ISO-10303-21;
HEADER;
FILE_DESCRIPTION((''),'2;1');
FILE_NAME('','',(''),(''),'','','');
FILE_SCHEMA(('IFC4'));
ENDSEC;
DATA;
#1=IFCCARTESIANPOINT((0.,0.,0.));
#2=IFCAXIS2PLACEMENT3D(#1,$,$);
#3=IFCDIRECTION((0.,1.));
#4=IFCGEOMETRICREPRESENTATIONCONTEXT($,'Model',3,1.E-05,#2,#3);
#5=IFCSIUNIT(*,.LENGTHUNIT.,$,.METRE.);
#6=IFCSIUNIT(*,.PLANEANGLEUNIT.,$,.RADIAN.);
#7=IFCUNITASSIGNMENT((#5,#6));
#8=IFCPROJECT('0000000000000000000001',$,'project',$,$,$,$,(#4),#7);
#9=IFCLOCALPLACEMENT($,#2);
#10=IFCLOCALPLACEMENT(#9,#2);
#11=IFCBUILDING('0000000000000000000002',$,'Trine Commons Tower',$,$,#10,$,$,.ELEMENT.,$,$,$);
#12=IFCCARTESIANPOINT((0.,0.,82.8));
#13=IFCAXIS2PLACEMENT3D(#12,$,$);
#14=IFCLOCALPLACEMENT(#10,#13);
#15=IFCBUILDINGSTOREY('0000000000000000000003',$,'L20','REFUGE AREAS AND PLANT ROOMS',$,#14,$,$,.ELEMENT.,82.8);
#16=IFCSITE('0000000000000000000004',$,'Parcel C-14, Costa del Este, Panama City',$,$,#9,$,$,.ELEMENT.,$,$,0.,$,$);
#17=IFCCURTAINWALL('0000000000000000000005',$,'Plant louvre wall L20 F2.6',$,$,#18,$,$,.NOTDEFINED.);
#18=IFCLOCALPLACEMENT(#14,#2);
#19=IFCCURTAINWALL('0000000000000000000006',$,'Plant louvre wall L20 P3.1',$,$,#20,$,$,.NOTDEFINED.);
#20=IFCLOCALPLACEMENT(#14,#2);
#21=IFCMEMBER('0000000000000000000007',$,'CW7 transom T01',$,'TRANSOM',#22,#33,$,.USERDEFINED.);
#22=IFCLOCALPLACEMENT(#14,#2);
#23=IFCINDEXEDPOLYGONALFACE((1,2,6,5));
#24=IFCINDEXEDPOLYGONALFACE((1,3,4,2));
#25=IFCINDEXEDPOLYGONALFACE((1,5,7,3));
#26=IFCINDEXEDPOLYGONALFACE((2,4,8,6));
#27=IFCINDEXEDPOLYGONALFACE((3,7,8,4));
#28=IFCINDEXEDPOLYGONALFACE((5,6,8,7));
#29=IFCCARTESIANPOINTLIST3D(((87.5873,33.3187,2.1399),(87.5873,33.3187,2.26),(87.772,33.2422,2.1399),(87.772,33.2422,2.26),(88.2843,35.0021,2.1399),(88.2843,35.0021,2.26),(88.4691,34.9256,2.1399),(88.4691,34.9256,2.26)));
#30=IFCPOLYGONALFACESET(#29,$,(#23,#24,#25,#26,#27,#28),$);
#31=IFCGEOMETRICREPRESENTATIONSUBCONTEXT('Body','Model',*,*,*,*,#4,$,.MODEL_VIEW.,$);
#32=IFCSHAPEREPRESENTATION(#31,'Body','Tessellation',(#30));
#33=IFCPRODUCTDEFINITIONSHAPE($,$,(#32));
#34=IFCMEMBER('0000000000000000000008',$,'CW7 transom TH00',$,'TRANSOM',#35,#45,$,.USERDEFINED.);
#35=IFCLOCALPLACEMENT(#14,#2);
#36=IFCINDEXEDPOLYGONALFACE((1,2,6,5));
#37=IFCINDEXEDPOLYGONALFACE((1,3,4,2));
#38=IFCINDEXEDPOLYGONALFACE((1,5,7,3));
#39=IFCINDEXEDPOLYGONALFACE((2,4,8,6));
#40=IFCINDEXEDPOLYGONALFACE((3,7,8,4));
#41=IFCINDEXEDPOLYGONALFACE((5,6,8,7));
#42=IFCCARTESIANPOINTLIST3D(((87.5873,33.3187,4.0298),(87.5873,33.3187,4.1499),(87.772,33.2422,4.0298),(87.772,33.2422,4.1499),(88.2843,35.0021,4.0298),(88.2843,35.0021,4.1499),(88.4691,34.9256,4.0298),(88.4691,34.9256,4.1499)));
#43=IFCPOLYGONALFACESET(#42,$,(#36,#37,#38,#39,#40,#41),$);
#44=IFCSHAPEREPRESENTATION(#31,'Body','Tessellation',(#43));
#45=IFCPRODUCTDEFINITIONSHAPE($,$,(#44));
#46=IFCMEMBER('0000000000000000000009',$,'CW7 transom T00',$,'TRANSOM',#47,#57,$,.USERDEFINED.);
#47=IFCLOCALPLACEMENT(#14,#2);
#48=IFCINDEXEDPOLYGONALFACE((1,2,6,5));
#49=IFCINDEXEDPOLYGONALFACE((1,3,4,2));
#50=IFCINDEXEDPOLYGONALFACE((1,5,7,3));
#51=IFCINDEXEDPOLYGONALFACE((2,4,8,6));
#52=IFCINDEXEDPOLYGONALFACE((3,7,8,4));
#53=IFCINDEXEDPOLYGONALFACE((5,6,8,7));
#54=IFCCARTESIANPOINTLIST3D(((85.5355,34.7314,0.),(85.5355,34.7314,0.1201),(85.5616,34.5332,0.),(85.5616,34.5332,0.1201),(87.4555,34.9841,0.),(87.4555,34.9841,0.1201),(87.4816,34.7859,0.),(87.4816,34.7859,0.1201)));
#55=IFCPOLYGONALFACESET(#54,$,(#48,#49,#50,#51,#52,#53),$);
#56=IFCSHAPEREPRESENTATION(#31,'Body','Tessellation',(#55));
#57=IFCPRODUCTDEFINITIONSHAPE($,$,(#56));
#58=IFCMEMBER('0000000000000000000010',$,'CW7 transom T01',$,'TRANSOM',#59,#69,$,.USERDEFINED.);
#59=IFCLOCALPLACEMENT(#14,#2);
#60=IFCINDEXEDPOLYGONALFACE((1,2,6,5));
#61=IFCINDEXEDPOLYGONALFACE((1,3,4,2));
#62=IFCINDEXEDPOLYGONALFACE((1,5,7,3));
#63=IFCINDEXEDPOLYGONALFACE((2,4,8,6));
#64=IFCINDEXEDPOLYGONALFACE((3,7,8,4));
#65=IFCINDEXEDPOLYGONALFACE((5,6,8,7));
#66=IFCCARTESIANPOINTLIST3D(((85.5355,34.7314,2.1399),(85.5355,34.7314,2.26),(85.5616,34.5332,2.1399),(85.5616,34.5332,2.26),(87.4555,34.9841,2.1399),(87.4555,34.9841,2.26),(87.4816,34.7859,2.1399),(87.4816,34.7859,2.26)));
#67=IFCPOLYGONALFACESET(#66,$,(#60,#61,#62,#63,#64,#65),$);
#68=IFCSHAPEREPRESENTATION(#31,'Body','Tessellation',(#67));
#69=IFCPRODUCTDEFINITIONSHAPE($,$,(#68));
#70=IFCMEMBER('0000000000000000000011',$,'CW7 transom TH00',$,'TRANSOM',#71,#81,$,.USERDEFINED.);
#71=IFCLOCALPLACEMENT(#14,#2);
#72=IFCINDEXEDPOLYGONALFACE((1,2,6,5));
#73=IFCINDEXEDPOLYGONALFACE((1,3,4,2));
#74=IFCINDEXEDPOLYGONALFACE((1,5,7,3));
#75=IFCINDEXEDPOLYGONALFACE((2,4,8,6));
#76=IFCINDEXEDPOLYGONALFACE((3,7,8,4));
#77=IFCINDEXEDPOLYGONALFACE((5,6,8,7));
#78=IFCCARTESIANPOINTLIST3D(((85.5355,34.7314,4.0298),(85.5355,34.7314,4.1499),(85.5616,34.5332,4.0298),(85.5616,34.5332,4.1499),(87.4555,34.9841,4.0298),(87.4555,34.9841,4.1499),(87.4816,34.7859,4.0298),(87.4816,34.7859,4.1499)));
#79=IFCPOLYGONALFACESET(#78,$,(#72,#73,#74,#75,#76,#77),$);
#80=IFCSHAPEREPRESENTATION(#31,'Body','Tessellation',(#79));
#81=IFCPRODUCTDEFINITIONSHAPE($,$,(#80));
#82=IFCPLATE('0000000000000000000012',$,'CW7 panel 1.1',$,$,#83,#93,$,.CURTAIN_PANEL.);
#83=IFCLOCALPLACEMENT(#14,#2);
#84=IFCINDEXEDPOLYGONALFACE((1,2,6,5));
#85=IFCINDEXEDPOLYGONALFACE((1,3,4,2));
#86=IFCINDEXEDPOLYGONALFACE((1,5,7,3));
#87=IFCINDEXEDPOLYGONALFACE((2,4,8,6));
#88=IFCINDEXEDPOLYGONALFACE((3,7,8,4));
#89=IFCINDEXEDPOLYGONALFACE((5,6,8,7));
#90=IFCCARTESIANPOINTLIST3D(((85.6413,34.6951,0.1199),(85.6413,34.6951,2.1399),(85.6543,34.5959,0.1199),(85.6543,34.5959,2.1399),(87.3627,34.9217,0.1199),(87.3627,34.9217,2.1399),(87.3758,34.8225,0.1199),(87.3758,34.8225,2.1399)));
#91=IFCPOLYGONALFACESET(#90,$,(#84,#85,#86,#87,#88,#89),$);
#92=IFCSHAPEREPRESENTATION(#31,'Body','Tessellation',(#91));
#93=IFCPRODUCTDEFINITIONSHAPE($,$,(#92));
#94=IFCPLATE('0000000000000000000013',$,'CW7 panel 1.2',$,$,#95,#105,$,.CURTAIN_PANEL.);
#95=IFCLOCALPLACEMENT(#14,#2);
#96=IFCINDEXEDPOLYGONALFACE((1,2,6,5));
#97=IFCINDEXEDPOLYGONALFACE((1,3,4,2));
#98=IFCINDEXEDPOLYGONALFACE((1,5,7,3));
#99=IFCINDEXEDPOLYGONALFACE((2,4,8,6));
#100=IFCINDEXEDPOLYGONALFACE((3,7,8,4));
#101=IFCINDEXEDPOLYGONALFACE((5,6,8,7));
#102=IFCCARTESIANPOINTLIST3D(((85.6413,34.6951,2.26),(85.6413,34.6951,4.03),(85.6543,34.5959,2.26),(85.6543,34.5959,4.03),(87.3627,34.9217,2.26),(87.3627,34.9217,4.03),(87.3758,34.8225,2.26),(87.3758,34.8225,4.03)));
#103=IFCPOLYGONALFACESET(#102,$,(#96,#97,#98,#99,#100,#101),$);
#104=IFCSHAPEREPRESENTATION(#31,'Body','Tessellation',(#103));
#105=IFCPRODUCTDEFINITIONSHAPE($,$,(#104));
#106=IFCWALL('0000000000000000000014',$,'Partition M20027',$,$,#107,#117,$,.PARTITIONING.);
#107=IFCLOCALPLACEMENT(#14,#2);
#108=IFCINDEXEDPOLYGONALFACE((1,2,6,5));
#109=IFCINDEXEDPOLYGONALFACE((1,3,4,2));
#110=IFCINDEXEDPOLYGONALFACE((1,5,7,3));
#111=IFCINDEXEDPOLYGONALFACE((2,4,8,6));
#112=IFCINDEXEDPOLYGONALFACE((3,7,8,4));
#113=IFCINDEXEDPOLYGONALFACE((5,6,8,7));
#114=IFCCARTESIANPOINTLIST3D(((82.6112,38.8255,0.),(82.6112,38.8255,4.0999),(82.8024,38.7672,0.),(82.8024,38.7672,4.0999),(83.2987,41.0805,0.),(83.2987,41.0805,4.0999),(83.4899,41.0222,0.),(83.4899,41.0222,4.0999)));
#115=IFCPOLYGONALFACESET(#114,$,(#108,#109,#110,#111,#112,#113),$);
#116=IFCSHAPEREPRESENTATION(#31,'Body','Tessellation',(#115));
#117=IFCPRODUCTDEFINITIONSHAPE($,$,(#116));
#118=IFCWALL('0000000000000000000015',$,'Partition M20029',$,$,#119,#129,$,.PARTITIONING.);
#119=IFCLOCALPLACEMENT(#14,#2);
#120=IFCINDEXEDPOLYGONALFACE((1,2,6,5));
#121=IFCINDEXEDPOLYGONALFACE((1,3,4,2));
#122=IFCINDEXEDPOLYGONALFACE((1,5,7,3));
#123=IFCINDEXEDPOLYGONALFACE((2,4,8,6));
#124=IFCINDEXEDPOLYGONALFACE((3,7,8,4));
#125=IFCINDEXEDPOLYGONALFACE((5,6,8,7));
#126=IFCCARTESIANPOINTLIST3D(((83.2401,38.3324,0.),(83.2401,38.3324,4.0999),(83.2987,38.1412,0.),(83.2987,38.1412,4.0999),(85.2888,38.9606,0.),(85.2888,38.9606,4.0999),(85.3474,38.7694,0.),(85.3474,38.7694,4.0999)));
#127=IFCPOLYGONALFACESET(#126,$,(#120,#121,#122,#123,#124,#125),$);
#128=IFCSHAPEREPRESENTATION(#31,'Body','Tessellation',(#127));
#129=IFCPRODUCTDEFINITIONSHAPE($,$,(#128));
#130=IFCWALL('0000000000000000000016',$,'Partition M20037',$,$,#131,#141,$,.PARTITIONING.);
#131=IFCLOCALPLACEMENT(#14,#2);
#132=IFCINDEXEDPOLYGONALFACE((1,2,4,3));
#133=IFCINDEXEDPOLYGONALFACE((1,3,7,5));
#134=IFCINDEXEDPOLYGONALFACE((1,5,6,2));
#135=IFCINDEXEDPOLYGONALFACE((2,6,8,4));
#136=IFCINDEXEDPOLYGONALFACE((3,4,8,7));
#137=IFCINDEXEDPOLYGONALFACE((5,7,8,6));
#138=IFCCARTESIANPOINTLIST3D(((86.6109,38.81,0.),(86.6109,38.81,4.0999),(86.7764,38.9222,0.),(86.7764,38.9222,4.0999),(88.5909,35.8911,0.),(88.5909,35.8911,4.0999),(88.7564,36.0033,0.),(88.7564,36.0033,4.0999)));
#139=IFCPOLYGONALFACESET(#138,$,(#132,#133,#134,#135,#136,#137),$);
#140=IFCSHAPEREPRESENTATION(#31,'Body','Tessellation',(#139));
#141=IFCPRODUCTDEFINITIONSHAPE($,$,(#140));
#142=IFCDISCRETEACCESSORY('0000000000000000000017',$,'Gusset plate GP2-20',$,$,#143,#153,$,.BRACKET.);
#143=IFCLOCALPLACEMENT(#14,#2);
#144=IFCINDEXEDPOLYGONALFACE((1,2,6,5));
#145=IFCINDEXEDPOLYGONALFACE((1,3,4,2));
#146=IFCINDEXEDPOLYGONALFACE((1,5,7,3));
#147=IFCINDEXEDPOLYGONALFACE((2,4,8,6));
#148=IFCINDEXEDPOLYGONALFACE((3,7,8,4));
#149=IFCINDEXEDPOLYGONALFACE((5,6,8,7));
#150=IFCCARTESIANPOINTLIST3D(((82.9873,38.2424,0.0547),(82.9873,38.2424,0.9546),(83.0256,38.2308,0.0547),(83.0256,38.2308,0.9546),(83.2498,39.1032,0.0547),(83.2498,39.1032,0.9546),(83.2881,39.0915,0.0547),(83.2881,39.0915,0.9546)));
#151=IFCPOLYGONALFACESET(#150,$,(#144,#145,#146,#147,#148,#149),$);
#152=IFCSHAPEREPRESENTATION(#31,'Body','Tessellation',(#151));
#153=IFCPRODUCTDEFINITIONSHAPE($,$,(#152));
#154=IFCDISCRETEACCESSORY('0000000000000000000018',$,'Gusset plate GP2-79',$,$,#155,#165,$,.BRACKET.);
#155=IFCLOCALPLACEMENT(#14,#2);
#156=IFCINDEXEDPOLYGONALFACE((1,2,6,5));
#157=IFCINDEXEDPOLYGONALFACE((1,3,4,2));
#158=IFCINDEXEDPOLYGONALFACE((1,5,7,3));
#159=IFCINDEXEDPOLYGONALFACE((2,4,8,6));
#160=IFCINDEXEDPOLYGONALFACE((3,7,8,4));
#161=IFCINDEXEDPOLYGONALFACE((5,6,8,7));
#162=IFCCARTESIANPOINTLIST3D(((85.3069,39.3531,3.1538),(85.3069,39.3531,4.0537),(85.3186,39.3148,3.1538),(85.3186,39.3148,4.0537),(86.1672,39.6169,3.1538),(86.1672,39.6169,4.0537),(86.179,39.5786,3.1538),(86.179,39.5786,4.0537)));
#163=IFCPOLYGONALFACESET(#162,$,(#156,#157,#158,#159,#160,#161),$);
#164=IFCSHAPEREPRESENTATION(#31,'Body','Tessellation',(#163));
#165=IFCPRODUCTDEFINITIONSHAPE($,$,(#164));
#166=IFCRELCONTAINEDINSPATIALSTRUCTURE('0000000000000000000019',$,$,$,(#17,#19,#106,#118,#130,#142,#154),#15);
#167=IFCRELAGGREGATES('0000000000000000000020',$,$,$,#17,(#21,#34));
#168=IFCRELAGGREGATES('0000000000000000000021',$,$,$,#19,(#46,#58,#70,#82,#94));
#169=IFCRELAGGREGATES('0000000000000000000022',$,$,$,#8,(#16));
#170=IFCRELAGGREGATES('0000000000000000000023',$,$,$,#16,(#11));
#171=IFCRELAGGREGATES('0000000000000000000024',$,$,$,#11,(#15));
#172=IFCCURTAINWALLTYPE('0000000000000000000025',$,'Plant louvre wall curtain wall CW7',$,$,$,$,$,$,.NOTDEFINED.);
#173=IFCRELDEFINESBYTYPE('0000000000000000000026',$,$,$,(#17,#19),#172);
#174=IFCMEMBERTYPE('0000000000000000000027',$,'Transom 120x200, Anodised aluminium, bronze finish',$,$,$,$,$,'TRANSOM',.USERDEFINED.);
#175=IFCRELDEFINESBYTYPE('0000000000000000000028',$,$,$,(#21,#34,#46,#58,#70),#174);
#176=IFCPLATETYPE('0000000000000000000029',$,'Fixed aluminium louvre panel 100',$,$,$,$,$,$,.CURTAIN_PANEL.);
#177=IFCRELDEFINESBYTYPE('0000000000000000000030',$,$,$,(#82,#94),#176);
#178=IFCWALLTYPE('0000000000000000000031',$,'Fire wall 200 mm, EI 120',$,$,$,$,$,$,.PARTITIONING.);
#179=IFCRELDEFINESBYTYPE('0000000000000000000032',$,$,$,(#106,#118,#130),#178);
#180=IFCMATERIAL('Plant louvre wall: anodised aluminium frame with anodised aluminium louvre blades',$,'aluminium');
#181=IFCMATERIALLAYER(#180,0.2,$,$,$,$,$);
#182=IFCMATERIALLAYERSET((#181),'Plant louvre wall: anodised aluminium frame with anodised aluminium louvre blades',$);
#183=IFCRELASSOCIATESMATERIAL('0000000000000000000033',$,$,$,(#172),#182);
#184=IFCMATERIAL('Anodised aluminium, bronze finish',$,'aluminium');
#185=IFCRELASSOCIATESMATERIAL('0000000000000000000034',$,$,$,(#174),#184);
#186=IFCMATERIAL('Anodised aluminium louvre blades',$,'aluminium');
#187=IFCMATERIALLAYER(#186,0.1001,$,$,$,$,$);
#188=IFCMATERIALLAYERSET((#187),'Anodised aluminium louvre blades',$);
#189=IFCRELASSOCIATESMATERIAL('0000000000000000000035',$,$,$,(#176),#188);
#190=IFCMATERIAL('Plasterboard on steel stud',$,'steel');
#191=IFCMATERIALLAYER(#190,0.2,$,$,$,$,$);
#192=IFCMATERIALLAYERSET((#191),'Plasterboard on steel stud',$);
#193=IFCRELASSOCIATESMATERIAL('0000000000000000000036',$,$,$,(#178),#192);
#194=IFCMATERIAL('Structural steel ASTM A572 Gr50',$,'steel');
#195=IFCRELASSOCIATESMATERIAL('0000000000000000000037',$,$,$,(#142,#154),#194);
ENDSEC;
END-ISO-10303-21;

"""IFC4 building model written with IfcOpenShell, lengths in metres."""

from ifc_helpers import new_model, si_unit, direction, frame, frame_2d, origin, origin_2d, place, context, subcontext, project, spatial, rectangle, extrude, material, layer, layer_set, material_profile, profile_set, type_object, element, aggregate, save


model = new_model("IFC4")

# Units and contexts
model_context = context("Model", 3, precision=1e-05, world=origin(), true_north=direction((0.0, 1.0)))
body_context = subcontext(model_context, "Body", "Model", "MODEL_VIEW")
ifc_project = project(units=[si_unit("LENGTHUNIT", "METRE"), si_unit("PLANEANGLEUNIT", "RADIAN")], contexts=[model_context])

# Site, building, storey
site_placement = place(None, origin())
site = spatial("IfcSite", under=ifc_project, at=site_placement, Name="Parcel C-14, Costa del Este, Panama City", CompositionType="ELEMENT", RefElevation=0.0)
building_placement = place(site_placement, origin())
building = spatial("IfcBuilding", under=site, at=building_placement, Name="Trine Commons Tower", CompositionType="ELEMENT")
storey_placement = place(building_placement, frame((0.0, 0.0, 82.8)))
storey = spatial("IfcBuildingStorey", under=building, at=storey_placement, Name="L20", Description="REFUGE AREAS AND PLANT ROOMS", CompositionType="ELEMENT", Elevation=82.8)

# Curtain walls
ifc_material_1 = material(Name="Plant louvre wall: anodised aluminium frame with anodised aluminium louvre blades", Category="aluminium")
ifc_layer_1 = layer(ifc_material_1, 0.2)
ifc_layer_set_1 = layer_set([ifc_layer_1], Name="Plant louvre wall: anodised aluminium frame with anodised aluminium louvre blades")
curtain_wall_type = type_object("IfcCurtainWallType", Name="Plant louvre wall curtain wall CW7", PredefinedType="NOTDEFINED", material=ifc_layer_set_1)
curtain_wall_1_placement = place(storey_placement, origin())
curtain_wall_1 = element("IfcCurtainWall", 1, at=curtain_wall_1_placement, inside=storey, type_object=curtain_wall_type, Name="Plant louvre wall L20 F2.6", PredefinedType="NOTDEFINED")
ifc_material_2 = material(Name="Anodised aluminium, bronze finish", Category="aluminium")
curtain_wall_2_placement = place(storey_placement, origin())
curtain_wall_2 = element("IfcCurtainWall", 2, at=curtain_wall_2_placement, inside=storey, type_object=curtain_wall_type, Name="Plant louvre wall L20 P3.1", PredefinedType="NOTDEFINED")

# Members
ifc_material_profile_1 = material_profile(ifc_material_2, rectangle(XDim=0.2, YDim=0.1201, at=origin_2d()), Name="Transom 120x200")
ifc_profile_set_1 = profile_set([ifc_material_profile_1], Name="Anodised aluminium, bronze finish")
member_type_1 = type_object("IfcMemberType", Name="Transom 120x200, Anodised aluminium, bronze finish", ElementType="TRANSOM", PredefinedType="USERDEFINED", material=ifc_profile_set_1)
member_1_placement = place(storey_placement, frame((88.3767, 34.9639, 2.2), z_axis=(-0.382569, -0.923927, 0.0), x_axis=(0.923927, -0.382569, 0.0)))
member_1 = element("IfcMember", 3, at=member_1_placement, type_object=member_type_1, Name="CW7 transom T01", ObjectType="TRANSOM", PredefinedType="USERDEFINED", context=body_context, shape_type="SweptSolid", body=[
    extrude(rectangle(XDim=0.2, YDim=0.1201, at=origin_2d()), origin(), (0.0, 0.0, 1.0), 1.822),
])
member_2_placement = place(storey_placement, frame((88.3767, 34.9639, 4.0898), z_axis=(-0.382569, -0.923927, 0.0), x_axis=(0.923927, -0.382569, 0.0)))
member_2 = element("IfcMember", 4, at=member_2_placement, type_object=member_type_1, Name="CW7 transom TH00", ObjectType="TRANSOM", PredefinedType="USERDEFINED", context=body_context, shape_type="SweptSolid", body=[
    extrude(rectangle(XDim=0.2, YDim=0.1201, at=origin_2d()), origin(), (0.0, 0.0, 1.0), 1.822),
])
aggregate(curtain_wall_1, [member_1, member_2])
member_3_placement = place(storey_placement, frame((87.4685, 34.885, 0.0601), z_axis=(-0.99145, -0.130487, 0.0), x_axis=(0.130487, -0.99145, 0.0)))
member_3 = element("IfcMember", 5, at=member_3_placement, type_object=member_type_1, Name="CW7 transom T00", ObjectType="TRANSOM", PredefinedType="USERDEFINED", context=body_context, shape_type="SweptSolid", body=[
    extrude(rectangle(XDim=0.2, YDim=0.1201, at=origin_2d()), origin(), (0.0, 0.0, 1.0), 1.9365),
])
member_4_placement = place(storey_placement, frame((87.4685, 34.885, 2.2), z_axis=(-0.99145, -0.130487, 0.0), x_axis=(0.130487, -0.99145, 0.0)))
member_4 = element("IfcMember", 6, at=member_4_placement, type_object=member_type_1, Name="CW7 transom T01", ObjectType="TRANSOM", PredefinedType="USERDEFINED", context=body_context, shape_type="SweptSolid", body=[
    extrude(rectangle(XDim=0.2, YDim=0.1201, at=origin_2d()), origin(), (0.0, 0.0, 1.0), 1.9365),
])
member_5_placement = place(storey_placement, frame((87.4685, 34.885, 4.0898), z_axis=(-0.99145, -0.130487, 0.0), x_axis=(0.130487, -0.99145, 0.0)))
member_5 = element("IfcMember", 7, at=member_5_placement, type_object=member_type_1, Name="CW7 transom TH00", ObjectType="TRANSOM", PredefinedType="USERDEFINED", context=body_context, shape_type="SweptSolid", body=[
    extrude(rectangle(XDim=0.2, YDim=0.1201, at=origin_2d()), origin(), (0.0, 0.0, 1.0), 1.9365),
])

# Plates
ifc_material_3 = material(Name="Anodised aluminium louvre blades", Category="aluminium")
ifc_layer_2 = layer(ifc_material_3, 0.1001)
ifc_layer_set_2 = layer_set([ifc_layer_2], Name="Anodised aluminium louvre blades")
plate_type = type_object("IfcPlateType", Name="Fixed aluminium louvre panel 100", PredefinedType="CURTAIN_PANEL", material=ifc_layer_set_2)
plate_1_placement = place(storey_placement, frame((86.5085, 34.7588, 0.1199), z_axis=(0.0, 0.0, 1.0), x_axis=(-0.991445, -0.130526, 0.0)))
plate_1 = element("IfcPlate", 8, at=plate_1_placement, type_object=plate_type, Name="CW7 panel 1.1", PredefinedType="CURTAIN_PANEL", context=body_context, shape_type="SweptSolid", body=[
    extrude(rectangle(XDim=1.7363, YDim=0.1001, at=origin_2d()), origin(), (0.0, 0.0, 1.0), 2.02),
])
plate_2_placement = place(storey_placement, frame((86.5085, 34.7588, 2.26), z_axis=(0.0, 0.0, 1.0), x_axis=(-0.991445, -0.130526, 0.0)))
plate_2 = element("IfcPlate", 9, at=plate_2_placement, type_object=plate_type, Name="CW7 panel 1.2", PredefinedType="CURTAIN_PANEL", context=body_context, shape_type="SweptSolid", body=[
    extrude(rectangle(XDim=1.7363, YDim=0.1001, at=origin_2d()), origin(), (0.0, 0.0, 1.0), 1.77),
])
aggregate(curtain_wall_2, [member_3, member_4, member_5, plate_1, plate_2])

# Walls
ifc_material_4 = material(Name="Plasterboard on steel stud", Category="steel")
ifc_layer_3 = layer(ifc_material_4, 0.2)
ifc_layer_set_3 = layer_set([ifc_layer_3], Name="Plasterboard on steel stud")
wall_type = type_object("IfcWallType", Name="Fire wall 200 mm, EI 120", PredefinedType="PARTITIONING", material=ifc_layer_set_3)
wall_1_placement = place(storey_placement, frame((82.7068, 38.7964, 0.0), z_axis=(0.0, 0.0, 1.0), x_axis=(0.29164, 0.956528, 0.0)))
element("IfcWall", 10, at=wall_1_placement, inside=storey, type_object=wall_type, Name="Partition M20027", PredefinedType="PARTITIONING", context=body_context, shape_type="SweptSolid", body=[
    extrude(rectangle(XDim=2.3574, YDim=0.2, at=frame_2d((1.1787, 0.0))), origin(), (0.0, 0.0, 1.0), 4.0999),
])
wall_2_placement = place(storey_placement, frame((83.2695, 38.2368, 0.0), z_axis=(0.0, 0.0, 1.0), x_axis=(0.956062, 0.293165, 0.0)))
element("IfcWall", 11, at=wall_2_placement, inside=storey, type_object=wall_type, Name="Partition M20029", PredefinedType="PARTITIONING", context=body_context, shape_type="SweptSolid", body=[
    extrude(rectangle(XDim=2.1428, YDim=0.2, at=frame_2d((1.0713, 0.0))), origin(), (0.0, 0.0, 1.0), 4.0999),
])
wall_3_placement = place(storey_placement, frame((86.6936, 38.8662, 0.0), z_axis=(0.0, 0.0, 1.0), x_axis=(0.561359, -0.827572, 0.0)))
element("IfcWall", 12, at=wall_3_placement, inside=storey, type_object=wall_type, Name="Partition M20037", PredefinedType="PARTITIONING", context=body_context, shape_type="SweptSolid", body=[
    extrude(rectangle(XDim=3.5271, YDim=0.2, at=frame_2d((1.7637, 0.0))), origin(), (0.0, 0.0, 1.0), 4.0999),
])

# Discrete accessories
ifc_material_5 = material(Name="Structural steel ASTM A572 Gr50", Category="steel")
for number, where, z_axis, x_axis, name in (
    (13, (83.1377, 38.667, 0.0547), (0.0, 0.0, 1.0), (0.291704, 0.956509, 0.0), "Gusset plate GP2-20"),
    (14, (85.7429, 39.4658, 3.1538), (0.0, 0.0, 1.0), (0.95607, 0.293139, 0.0), "Gusset plate GP2-79"),
):
    element("IfcDiscreteAccessory", number, at=place(storey_placement, frame(where, z_axis=z_axis, x_axis=x_axis)), inside=storey, material=ifc_material_5, Name=name, PredefinedType="BRACKET", context=body_context, shape_type="SweptSolid", body=[
        extrude(rectangle(XDim=0.8999, YDim=0.04, at=origin_2d()), origin(), (0.0, 0.0, 1.0), 0.8999),
    ])

save(model, "model.ifc")
